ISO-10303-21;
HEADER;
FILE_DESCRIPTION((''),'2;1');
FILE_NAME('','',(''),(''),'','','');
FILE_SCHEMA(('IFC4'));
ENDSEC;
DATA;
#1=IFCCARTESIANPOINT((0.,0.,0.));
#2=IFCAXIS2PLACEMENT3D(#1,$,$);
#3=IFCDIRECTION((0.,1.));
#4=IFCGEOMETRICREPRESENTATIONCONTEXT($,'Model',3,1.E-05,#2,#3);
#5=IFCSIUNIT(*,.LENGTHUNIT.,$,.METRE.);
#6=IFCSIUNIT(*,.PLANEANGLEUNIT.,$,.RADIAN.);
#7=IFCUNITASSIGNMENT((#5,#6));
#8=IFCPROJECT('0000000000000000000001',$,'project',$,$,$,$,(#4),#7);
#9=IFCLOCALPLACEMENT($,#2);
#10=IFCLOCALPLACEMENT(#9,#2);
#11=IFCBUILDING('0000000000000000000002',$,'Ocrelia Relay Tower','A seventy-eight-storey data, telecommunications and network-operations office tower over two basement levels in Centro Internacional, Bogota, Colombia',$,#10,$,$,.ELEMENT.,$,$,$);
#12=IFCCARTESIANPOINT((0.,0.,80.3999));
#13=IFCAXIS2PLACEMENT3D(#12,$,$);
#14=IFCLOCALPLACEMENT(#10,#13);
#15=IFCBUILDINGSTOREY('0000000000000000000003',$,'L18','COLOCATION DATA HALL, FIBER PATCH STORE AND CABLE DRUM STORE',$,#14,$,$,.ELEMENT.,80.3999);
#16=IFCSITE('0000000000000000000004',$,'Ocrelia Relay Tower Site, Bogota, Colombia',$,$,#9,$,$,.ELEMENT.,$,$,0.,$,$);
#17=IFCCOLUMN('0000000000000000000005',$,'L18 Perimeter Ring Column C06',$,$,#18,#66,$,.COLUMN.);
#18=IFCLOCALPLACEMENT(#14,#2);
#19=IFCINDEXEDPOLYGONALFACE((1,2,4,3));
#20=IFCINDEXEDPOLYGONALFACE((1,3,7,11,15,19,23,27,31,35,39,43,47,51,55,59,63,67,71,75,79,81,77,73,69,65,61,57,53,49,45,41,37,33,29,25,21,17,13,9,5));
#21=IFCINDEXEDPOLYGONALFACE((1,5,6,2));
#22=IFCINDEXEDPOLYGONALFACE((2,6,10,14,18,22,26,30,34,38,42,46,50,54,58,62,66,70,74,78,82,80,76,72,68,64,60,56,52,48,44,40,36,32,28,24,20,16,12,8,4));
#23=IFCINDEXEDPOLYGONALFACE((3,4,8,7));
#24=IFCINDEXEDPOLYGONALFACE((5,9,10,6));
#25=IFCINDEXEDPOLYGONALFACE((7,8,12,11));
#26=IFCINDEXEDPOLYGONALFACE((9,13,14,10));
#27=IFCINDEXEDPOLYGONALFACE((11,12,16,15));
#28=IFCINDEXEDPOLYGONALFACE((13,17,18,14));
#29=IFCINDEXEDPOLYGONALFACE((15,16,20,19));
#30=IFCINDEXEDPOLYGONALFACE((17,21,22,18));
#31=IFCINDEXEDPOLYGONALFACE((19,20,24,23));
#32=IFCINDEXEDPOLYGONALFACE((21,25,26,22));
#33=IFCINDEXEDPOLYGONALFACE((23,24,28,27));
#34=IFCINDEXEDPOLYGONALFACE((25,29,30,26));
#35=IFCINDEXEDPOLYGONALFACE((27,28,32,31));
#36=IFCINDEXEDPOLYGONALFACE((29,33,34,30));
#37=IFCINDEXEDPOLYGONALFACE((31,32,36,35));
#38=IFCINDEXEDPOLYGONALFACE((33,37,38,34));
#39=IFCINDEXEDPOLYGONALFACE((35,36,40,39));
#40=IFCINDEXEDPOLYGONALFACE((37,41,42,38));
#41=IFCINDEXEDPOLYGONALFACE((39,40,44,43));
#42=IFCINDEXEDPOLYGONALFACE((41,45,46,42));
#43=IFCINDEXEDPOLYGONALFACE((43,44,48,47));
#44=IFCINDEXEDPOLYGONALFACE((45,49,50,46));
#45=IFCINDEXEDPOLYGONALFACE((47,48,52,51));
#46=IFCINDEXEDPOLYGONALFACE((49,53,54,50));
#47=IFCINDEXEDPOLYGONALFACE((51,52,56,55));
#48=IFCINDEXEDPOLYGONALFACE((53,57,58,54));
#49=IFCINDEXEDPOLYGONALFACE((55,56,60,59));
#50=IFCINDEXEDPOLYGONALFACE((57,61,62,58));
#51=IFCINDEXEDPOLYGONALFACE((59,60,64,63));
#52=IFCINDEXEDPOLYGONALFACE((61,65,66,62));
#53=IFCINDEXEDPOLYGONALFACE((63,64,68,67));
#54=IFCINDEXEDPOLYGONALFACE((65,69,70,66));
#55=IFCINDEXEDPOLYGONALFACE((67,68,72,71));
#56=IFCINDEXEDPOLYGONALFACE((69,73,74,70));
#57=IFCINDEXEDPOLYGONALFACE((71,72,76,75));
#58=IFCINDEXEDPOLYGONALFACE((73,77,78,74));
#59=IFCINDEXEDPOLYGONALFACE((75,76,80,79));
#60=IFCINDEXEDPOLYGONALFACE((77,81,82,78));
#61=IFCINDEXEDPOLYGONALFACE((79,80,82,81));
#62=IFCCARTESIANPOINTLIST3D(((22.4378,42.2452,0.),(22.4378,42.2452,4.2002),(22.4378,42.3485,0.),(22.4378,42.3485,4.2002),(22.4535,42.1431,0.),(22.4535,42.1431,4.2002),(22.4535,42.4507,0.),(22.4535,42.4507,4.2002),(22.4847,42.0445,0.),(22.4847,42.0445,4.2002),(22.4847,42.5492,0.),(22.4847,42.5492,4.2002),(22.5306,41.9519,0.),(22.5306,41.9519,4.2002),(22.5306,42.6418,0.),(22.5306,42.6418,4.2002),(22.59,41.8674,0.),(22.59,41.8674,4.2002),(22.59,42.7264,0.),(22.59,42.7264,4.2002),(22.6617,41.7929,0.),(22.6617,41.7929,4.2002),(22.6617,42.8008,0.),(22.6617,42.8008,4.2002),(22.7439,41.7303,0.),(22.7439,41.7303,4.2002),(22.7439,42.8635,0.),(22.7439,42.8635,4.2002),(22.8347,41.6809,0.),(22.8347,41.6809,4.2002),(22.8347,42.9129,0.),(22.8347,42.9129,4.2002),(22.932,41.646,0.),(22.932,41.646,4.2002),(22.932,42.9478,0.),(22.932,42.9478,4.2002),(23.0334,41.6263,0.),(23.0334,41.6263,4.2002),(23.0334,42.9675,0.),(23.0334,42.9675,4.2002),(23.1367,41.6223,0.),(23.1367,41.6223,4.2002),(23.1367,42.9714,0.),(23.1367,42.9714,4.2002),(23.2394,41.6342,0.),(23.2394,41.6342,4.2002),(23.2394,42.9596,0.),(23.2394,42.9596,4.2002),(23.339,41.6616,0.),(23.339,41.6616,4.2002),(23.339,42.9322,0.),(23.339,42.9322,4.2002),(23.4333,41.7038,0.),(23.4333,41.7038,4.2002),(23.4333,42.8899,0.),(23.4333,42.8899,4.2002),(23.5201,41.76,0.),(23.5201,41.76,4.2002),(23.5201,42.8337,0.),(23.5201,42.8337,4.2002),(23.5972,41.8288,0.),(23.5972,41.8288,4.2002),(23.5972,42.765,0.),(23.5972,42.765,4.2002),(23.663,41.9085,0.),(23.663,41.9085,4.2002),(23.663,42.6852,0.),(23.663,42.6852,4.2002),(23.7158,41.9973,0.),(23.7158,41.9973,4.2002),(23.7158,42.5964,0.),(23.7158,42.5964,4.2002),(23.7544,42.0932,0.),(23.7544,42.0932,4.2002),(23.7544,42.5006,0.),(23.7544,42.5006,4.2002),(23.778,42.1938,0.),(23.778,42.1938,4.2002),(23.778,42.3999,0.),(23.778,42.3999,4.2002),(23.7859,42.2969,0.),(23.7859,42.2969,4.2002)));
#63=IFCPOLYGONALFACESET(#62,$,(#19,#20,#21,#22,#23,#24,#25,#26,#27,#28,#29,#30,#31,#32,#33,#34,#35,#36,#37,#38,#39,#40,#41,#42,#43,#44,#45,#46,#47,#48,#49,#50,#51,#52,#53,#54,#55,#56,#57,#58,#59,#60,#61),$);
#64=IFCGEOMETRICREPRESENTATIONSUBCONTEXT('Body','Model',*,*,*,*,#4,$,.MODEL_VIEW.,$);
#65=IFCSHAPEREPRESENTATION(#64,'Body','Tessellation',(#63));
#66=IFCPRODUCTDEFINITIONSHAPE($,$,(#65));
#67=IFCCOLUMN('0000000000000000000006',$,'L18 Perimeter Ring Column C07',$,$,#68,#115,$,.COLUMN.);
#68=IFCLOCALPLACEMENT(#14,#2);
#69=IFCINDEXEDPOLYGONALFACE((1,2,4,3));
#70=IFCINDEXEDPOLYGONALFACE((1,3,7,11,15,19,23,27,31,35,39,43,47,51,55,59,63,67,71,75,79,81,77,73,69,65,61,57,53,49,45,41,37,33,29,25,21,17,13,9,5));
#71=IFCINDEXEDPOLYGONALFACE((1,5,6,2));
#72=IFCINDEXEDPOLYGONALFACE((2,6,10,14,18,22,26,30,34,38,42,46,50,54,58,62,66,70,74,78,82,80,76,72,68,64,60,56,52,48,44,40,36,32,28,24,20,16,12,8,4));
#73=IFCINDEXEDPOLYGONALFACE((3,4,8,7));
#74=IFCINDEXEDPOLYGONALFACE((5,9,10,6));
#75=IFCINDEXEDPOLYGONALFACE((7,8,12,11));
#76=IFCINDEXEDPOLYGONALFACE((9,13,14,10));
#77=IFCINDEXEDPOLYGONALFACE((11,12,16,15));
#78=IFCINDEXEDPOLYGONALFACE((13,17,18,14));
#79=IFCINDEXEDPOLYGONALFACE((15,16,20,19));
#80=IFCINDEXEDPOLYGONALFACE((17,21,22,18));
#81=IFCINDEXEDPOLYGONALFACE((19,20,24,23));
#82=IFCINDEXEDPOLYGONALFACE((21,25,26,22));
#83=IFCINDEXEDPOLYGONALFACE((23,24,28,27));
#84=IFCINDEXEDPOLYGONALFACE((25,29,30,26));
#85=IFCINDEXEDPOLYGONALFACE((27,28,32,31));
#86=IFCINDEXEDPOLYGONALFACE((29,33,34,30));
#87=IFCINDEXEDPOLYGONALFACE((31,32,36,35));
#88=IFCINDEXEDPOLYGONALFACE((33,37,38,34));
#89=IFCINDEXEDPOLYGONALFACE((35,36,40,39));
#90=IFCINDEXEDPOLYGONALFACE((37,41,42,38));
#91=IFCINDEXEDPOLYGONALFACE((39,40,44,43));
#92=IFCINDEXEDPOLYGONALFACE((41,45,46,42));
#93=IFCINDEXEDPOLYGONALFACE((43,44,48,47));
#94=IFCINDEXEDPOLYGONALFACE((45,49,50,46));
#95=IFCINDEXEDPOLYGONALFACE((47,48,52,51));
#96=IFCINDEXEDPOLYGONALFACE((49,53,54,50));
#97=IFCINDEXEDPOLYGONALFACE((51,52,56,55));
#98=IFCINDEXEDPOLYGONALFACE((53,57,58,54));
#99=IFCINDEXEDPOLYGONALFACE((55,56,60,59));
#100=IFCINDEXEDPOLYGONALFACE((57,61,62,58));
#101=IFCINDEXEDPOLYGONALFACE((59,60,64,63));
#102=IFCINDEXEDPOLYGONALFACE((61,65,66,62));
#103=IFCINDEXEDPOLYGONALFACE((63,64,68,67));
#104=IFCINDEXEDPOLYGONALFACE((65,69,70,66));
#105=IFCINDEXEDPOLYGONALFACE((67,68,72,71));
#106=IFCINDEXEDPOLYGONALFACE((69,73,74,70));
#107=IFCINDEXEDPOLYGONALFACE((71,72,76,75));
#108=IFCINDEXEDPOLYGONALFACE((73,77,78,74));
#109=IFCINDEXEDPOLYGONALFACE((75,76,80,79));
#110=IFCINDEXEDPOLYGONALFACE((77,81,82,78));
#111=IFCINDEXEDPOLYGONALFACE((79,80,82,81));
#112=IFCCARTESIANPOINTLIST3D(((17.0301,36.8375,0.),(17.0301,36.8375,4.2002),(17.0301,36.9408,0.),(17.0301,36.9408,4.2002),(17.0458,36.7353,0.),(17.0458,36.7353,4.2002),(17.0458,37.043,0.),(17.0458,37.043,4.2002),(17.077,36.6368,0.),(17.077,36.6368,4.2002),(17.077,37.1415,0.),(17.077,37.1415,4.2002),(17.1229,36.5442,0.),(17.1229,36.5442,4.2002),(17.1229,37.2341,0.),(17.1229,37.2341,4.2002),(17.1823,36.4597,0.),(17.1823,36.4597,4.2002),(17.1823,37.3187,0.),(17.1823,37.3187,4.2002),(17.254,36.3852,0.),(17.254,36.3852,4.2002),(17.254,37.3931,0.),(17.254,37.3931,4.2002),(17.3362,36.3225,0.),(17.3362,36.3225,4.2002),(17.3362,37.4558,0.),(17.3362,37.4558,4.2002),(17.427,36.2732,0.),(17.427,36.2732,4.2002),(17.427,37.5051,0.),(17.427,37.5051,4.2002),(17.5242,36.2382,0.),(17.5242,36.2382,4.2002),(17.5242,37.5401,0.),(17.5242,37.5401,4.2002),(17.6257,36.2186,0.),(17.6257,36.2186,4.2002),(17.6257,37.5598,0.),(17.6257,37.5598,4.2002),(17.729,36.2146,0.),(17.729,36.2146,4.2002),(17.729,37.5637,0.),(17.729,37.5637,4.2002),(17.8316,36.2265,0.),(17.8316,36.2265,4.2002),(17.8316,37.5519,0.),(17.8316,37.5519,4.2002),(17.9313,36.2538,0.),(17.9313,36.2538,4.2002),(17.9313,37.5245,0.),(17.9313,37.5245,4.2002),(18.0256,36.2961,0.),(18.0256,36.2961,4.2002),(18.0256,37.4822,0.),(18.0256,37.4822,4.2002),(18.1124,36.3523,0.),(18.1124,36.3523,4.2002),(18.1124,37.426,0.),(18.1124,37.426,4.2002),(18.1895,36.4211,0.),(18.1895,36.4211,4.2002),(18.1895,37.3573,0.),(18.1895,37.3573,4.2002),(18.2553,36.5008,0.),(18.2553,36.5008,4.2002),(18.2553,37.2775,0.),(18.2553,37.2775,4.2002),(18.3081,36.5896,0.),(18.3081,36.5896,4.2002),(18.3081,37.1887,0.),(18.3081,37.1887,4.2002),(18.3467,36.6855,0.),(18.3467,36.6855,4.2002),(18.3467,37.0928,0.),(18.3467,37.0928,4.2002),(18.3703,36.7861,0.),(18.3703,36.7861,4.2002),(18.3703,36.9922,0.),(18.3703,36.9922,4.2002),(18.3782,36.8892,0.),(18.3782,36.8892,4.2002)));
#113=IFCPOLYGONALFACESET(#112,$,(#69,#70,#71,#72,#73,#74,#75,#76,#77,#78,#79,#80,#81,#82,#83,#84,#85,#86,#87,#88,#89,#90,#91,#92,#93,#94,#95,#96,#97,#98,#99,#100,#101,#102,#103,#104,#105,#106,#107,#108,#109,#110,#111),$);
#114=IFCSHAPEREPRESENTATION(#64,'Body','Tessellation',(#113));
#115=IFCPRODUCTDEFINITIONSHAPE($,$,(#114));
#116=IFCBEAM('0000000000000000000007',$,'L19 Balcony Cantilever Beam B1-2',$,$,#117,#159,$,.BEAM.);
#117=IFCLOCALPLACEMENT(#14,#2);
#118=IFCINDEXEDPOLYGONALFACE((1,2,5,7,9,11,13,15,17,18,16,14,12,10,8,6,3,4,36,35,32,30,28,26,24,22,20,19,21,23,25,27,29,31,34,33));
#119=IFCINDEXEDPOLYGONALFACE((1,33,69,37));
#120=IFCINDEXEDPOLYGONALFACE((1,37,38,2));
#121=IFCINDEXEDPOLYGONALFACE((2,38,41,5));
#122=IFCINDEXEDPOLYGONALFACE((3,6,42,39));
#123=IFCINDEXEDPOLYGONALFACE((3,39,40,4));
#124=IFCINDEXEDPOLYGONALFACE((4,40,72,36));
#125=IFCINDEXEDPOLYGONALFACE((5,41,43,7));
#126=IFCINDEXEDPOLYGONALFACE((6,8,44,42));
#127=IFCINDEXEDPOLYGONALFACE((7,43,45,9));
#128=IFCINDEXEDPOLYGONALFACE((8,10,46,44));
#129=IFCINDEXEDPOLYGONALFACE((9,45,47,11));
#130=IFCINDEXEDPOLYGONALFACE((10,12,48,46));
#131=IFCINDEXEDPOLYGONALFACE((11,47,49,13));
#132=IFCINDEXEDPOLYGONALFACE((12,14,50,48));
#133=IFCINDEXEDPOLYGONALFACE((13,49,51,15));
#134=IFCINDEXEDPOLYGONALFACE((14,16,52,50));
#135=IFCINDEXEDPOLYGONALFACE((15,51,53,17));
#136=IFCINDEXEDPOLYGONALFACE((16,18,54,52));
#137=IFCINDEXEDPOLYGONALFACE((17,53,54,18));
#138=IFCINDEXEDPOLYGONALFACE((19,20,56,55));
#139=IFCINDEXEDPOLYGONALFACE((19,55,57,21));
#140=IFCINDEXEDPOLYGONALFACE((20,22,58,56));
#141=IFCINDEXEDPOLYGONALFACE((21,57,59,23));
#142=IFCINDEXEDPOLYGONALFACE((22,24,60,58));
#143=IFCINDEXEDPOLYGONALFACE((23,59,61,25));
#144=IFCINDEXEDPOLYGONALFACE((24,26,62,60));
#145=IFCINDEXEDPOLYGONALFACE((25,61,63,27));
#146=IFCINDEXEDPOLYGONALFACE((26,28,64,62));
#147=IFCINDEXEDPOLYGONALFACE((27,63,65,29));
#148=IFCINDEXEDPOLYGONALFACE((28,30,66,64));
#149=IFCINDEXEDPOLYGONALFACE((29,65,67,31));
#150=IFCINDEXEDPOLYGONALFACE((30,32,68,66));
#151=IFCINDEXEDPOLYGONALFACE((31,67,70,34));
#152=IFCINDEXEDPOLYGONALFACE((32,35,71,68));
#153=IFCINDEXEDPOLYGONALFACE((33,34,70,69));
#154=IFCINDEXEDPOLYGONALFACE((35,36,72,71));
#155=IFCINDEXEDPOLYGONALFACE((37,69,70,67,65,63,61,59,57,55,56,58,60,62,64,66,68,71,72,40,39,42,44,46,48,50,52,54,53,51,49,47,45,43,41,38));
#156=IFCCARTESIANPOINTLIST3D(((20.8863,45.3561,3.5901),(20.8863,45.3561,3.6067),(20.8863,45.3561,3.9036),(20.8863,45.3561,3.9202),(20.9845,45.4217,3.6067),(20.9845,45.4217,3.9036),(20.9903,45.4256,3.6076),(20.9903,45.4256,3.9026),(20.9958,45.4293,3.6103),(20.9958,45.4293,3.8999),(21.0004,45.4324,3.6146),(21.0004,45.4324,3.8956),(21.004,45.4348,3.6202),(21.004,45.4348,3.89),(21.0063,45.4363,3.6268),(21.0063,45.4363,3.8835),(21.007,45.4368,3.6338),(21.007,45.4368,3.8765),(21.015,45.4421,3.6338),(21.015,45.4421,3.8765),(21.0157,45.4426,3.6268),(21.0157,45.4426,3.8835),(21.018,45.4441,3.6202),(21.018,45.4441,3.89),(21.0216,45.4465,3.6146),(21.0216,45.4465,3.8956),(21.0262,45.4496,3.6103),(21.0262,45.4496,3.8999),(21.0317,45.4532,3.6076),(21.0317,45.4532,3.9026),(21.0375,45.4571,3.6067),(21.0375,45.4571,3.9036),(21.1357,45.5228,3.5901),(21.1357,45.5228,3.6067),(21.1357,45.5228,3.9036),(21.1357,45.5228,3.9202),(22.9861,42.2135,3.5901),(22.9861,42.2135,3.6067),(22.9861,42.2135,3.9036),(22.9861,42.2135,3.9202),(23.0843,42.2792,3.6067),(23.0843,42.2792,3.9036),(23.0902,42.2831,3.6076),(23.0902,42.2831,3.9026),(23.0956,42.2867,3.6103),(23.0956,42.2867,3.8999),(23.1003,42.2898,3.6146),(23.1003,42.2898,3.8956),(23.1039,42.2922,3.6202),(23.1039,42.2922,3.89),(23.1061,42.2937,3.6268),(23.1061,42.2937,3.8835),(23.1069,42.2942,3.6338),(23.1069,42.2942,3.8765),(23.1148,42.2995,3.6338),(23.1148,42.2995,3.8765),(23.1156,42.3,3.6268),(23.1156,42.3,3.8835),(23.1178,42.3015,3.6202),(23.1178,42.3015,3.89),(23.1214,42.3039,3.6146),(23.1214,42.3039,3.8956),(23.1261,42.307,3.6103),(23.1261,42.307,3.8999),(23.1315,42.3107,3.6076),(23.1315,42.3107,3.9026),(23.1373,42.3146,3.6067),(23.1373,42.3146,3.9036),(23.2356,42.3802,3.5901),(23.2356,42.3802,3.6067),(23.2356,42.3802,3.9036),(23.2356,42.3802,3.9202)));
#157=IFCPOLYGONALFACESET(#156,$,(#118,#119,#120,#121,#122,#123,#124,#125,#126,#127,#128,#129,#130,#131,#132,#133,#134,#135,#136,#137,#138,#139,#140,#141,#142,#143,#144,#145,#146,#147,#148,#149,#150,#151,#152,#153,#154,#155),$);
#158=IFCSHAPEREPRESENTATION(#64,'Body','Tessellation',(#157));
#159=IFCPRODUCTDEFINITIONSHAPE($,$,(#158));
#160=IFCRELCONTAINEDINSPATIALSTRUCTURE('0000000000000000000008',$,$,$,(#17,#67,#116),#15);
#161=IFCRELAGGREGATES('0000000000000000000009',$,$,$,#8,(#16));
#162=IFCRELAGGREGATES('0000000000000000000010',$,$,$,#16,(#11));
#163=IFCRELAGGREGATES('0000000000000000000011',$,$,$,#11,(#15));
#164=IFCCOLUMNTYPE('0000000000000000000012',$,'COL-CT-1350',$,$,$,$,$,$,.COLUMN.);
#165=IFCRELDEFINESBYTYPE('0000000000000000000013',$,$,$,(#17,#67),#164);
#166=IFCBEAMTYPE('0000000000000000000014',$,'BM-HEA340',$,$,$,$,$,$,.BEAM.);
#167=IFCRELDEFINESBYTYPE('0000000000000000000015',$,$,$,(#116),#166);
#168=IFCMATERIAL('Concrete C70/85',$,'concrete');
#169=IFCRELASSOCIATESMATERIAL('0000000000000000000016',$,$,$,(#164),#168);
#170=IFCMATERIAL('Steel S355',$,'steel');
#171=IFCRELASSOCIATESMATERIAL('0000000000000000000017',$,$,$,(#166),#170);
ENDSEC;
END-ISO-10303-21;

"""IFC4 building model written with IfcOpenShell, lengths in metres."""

from ifc_helpers import new_model, si_unit, direction, frame, origin, origin_2d, place, context, subcontext, project, spatial, circle, i_section, extrude, material, material_profile, profile_set, type_object, element, save


model = new_model("IFC4")

# Units and contexts
model_context = context("Model", 3, precision=1e-05, world=origin(), true_north=direction((0.0, 1.0)))
body_context = subcontext(model_context, "Body", "Model", "MODEL_VIEW")
ifc_project = project(units=[si_unit("LENGTHUNIT", "METRE"), si_unit("PLANEANGLEUNIT", "RADIAN")], contexts=[model_context])

# Site, building, storey
site_placement = place(None, origin())
site = spatial("IfcSite", under=ifc_project, at=site_placement, Name="Ocrelia Relay Tower Site, Bogota, Colombia", CompositionType="ELEMENT", RefElevation=0.0)
building_placement = place(site_placement, origin())
building = spatial("IfcBuilding", under=site, at=building_placement, Name="Ocrelia Relay Tower", Description="A seventy-eight-storey data, telecommunications and network-operations office tower over two basement levels in Centro Internacional, Bogota, Colombia", CompositionType="ELEMENT")
storey_placement = place(building_placement, frame((0.0, 0.0, 80.3999)))
storey = spatial("IfcBuildingStorey", under=building, at=storey_placement, Name="L18", Description="COLOCATION DATA HALL, FIBER PATCH STORE AND CABLE DRUM STORE", CompositionType="ELEMENT", Elevation=80.3999)

# Columns
ifc_material_1 = material(Name="Concrete C70/85", Category="concrete")
ifc_material_profile_1 = material_profile(ifc_material_1, circle(Radius=0.675, at=origin_2d()), Name="RC-CIR-1350")
ifc_profile_set_1 = profile_set([ifc_material_profile_1], Name="Concrete C70/85")
column_type = type_object("IfcColumnType", Name="COL-CT-1350", PredefinedType="COLUMN", material=ifc_profile_set_1)
for number, where, z_axis, x_axis, name in (
    (1, (23.1108, 42.2969, 0.0), (0.0, 0.0, 1.0), (1.0, 0.0, 0.0), "L18 Perimeter Ring Column C06"),
    (2, (17.7031, 36.8892, 0.0), (0.0, 0.0, 1.0), (1.0, 0.0, 0.0), "L18 Perimeter Ring Column C07"),
):
    element("IfcColumn", number, at=place(storey_placement, frame(where, z_axis=z_axis, x_axis=x_axis)), inside=storey, type_object=column_type, Name=name, PredefinedType="COLUMN", context=body_context, shape_type="SweptSolid", body=[
        extrude(circle(Radius=0.675, at=origin_2d()), origin(), (0.0, 0.0, 1.0), 4.2002),
    ])

# Beam
ifc_material_2 = material(Name="Steel S355", Category="steel")
ifc_material_profile_2 = material_profile(ifc_material_2, i_section(OverallWidth=0.3, OverallDepth=0.3301, WebThickness=0.0095, FlangeThickness=0.0166, FilletRadius=0.0271, at=origin_2d()), Name="HEA 340")
ifc_profile_set_2 = profile_set([ifc_material_profile_2], Name="Steel S355")
beam_type_1 = type_object("IfcBeamType", Name="BM-HEA340", PredefinedType="BEAM", material=ifc_profile_set_2)
beam_1_placement = place(storey_placement, frame((23.1108, 42.2969, 3.7551), z_axis=(-0.555579, 0.831464, 0.0), x_axis=(-0.831464, -0.555579, 0.0)))
element("IfcBeam", 3, at=beam_1_placement, inside=storey, type_object=beam_type_1, Name="L19 Balcony Cantilever Beam B1-2", PredefinedType="BEAM", context=body_context, shape_type="SweptSolid", body=[
    extrude(i_section(OverallWidth=0.3, OverallDepth=0.3301, WebThickness=0.0095, FlangeThickness=0.0166, FilletRadius=0.0271, at=origin_2d()), origin(), (0.0, 0.0, 1.0), 3.7795),
])

save(model, "model.ifc")
